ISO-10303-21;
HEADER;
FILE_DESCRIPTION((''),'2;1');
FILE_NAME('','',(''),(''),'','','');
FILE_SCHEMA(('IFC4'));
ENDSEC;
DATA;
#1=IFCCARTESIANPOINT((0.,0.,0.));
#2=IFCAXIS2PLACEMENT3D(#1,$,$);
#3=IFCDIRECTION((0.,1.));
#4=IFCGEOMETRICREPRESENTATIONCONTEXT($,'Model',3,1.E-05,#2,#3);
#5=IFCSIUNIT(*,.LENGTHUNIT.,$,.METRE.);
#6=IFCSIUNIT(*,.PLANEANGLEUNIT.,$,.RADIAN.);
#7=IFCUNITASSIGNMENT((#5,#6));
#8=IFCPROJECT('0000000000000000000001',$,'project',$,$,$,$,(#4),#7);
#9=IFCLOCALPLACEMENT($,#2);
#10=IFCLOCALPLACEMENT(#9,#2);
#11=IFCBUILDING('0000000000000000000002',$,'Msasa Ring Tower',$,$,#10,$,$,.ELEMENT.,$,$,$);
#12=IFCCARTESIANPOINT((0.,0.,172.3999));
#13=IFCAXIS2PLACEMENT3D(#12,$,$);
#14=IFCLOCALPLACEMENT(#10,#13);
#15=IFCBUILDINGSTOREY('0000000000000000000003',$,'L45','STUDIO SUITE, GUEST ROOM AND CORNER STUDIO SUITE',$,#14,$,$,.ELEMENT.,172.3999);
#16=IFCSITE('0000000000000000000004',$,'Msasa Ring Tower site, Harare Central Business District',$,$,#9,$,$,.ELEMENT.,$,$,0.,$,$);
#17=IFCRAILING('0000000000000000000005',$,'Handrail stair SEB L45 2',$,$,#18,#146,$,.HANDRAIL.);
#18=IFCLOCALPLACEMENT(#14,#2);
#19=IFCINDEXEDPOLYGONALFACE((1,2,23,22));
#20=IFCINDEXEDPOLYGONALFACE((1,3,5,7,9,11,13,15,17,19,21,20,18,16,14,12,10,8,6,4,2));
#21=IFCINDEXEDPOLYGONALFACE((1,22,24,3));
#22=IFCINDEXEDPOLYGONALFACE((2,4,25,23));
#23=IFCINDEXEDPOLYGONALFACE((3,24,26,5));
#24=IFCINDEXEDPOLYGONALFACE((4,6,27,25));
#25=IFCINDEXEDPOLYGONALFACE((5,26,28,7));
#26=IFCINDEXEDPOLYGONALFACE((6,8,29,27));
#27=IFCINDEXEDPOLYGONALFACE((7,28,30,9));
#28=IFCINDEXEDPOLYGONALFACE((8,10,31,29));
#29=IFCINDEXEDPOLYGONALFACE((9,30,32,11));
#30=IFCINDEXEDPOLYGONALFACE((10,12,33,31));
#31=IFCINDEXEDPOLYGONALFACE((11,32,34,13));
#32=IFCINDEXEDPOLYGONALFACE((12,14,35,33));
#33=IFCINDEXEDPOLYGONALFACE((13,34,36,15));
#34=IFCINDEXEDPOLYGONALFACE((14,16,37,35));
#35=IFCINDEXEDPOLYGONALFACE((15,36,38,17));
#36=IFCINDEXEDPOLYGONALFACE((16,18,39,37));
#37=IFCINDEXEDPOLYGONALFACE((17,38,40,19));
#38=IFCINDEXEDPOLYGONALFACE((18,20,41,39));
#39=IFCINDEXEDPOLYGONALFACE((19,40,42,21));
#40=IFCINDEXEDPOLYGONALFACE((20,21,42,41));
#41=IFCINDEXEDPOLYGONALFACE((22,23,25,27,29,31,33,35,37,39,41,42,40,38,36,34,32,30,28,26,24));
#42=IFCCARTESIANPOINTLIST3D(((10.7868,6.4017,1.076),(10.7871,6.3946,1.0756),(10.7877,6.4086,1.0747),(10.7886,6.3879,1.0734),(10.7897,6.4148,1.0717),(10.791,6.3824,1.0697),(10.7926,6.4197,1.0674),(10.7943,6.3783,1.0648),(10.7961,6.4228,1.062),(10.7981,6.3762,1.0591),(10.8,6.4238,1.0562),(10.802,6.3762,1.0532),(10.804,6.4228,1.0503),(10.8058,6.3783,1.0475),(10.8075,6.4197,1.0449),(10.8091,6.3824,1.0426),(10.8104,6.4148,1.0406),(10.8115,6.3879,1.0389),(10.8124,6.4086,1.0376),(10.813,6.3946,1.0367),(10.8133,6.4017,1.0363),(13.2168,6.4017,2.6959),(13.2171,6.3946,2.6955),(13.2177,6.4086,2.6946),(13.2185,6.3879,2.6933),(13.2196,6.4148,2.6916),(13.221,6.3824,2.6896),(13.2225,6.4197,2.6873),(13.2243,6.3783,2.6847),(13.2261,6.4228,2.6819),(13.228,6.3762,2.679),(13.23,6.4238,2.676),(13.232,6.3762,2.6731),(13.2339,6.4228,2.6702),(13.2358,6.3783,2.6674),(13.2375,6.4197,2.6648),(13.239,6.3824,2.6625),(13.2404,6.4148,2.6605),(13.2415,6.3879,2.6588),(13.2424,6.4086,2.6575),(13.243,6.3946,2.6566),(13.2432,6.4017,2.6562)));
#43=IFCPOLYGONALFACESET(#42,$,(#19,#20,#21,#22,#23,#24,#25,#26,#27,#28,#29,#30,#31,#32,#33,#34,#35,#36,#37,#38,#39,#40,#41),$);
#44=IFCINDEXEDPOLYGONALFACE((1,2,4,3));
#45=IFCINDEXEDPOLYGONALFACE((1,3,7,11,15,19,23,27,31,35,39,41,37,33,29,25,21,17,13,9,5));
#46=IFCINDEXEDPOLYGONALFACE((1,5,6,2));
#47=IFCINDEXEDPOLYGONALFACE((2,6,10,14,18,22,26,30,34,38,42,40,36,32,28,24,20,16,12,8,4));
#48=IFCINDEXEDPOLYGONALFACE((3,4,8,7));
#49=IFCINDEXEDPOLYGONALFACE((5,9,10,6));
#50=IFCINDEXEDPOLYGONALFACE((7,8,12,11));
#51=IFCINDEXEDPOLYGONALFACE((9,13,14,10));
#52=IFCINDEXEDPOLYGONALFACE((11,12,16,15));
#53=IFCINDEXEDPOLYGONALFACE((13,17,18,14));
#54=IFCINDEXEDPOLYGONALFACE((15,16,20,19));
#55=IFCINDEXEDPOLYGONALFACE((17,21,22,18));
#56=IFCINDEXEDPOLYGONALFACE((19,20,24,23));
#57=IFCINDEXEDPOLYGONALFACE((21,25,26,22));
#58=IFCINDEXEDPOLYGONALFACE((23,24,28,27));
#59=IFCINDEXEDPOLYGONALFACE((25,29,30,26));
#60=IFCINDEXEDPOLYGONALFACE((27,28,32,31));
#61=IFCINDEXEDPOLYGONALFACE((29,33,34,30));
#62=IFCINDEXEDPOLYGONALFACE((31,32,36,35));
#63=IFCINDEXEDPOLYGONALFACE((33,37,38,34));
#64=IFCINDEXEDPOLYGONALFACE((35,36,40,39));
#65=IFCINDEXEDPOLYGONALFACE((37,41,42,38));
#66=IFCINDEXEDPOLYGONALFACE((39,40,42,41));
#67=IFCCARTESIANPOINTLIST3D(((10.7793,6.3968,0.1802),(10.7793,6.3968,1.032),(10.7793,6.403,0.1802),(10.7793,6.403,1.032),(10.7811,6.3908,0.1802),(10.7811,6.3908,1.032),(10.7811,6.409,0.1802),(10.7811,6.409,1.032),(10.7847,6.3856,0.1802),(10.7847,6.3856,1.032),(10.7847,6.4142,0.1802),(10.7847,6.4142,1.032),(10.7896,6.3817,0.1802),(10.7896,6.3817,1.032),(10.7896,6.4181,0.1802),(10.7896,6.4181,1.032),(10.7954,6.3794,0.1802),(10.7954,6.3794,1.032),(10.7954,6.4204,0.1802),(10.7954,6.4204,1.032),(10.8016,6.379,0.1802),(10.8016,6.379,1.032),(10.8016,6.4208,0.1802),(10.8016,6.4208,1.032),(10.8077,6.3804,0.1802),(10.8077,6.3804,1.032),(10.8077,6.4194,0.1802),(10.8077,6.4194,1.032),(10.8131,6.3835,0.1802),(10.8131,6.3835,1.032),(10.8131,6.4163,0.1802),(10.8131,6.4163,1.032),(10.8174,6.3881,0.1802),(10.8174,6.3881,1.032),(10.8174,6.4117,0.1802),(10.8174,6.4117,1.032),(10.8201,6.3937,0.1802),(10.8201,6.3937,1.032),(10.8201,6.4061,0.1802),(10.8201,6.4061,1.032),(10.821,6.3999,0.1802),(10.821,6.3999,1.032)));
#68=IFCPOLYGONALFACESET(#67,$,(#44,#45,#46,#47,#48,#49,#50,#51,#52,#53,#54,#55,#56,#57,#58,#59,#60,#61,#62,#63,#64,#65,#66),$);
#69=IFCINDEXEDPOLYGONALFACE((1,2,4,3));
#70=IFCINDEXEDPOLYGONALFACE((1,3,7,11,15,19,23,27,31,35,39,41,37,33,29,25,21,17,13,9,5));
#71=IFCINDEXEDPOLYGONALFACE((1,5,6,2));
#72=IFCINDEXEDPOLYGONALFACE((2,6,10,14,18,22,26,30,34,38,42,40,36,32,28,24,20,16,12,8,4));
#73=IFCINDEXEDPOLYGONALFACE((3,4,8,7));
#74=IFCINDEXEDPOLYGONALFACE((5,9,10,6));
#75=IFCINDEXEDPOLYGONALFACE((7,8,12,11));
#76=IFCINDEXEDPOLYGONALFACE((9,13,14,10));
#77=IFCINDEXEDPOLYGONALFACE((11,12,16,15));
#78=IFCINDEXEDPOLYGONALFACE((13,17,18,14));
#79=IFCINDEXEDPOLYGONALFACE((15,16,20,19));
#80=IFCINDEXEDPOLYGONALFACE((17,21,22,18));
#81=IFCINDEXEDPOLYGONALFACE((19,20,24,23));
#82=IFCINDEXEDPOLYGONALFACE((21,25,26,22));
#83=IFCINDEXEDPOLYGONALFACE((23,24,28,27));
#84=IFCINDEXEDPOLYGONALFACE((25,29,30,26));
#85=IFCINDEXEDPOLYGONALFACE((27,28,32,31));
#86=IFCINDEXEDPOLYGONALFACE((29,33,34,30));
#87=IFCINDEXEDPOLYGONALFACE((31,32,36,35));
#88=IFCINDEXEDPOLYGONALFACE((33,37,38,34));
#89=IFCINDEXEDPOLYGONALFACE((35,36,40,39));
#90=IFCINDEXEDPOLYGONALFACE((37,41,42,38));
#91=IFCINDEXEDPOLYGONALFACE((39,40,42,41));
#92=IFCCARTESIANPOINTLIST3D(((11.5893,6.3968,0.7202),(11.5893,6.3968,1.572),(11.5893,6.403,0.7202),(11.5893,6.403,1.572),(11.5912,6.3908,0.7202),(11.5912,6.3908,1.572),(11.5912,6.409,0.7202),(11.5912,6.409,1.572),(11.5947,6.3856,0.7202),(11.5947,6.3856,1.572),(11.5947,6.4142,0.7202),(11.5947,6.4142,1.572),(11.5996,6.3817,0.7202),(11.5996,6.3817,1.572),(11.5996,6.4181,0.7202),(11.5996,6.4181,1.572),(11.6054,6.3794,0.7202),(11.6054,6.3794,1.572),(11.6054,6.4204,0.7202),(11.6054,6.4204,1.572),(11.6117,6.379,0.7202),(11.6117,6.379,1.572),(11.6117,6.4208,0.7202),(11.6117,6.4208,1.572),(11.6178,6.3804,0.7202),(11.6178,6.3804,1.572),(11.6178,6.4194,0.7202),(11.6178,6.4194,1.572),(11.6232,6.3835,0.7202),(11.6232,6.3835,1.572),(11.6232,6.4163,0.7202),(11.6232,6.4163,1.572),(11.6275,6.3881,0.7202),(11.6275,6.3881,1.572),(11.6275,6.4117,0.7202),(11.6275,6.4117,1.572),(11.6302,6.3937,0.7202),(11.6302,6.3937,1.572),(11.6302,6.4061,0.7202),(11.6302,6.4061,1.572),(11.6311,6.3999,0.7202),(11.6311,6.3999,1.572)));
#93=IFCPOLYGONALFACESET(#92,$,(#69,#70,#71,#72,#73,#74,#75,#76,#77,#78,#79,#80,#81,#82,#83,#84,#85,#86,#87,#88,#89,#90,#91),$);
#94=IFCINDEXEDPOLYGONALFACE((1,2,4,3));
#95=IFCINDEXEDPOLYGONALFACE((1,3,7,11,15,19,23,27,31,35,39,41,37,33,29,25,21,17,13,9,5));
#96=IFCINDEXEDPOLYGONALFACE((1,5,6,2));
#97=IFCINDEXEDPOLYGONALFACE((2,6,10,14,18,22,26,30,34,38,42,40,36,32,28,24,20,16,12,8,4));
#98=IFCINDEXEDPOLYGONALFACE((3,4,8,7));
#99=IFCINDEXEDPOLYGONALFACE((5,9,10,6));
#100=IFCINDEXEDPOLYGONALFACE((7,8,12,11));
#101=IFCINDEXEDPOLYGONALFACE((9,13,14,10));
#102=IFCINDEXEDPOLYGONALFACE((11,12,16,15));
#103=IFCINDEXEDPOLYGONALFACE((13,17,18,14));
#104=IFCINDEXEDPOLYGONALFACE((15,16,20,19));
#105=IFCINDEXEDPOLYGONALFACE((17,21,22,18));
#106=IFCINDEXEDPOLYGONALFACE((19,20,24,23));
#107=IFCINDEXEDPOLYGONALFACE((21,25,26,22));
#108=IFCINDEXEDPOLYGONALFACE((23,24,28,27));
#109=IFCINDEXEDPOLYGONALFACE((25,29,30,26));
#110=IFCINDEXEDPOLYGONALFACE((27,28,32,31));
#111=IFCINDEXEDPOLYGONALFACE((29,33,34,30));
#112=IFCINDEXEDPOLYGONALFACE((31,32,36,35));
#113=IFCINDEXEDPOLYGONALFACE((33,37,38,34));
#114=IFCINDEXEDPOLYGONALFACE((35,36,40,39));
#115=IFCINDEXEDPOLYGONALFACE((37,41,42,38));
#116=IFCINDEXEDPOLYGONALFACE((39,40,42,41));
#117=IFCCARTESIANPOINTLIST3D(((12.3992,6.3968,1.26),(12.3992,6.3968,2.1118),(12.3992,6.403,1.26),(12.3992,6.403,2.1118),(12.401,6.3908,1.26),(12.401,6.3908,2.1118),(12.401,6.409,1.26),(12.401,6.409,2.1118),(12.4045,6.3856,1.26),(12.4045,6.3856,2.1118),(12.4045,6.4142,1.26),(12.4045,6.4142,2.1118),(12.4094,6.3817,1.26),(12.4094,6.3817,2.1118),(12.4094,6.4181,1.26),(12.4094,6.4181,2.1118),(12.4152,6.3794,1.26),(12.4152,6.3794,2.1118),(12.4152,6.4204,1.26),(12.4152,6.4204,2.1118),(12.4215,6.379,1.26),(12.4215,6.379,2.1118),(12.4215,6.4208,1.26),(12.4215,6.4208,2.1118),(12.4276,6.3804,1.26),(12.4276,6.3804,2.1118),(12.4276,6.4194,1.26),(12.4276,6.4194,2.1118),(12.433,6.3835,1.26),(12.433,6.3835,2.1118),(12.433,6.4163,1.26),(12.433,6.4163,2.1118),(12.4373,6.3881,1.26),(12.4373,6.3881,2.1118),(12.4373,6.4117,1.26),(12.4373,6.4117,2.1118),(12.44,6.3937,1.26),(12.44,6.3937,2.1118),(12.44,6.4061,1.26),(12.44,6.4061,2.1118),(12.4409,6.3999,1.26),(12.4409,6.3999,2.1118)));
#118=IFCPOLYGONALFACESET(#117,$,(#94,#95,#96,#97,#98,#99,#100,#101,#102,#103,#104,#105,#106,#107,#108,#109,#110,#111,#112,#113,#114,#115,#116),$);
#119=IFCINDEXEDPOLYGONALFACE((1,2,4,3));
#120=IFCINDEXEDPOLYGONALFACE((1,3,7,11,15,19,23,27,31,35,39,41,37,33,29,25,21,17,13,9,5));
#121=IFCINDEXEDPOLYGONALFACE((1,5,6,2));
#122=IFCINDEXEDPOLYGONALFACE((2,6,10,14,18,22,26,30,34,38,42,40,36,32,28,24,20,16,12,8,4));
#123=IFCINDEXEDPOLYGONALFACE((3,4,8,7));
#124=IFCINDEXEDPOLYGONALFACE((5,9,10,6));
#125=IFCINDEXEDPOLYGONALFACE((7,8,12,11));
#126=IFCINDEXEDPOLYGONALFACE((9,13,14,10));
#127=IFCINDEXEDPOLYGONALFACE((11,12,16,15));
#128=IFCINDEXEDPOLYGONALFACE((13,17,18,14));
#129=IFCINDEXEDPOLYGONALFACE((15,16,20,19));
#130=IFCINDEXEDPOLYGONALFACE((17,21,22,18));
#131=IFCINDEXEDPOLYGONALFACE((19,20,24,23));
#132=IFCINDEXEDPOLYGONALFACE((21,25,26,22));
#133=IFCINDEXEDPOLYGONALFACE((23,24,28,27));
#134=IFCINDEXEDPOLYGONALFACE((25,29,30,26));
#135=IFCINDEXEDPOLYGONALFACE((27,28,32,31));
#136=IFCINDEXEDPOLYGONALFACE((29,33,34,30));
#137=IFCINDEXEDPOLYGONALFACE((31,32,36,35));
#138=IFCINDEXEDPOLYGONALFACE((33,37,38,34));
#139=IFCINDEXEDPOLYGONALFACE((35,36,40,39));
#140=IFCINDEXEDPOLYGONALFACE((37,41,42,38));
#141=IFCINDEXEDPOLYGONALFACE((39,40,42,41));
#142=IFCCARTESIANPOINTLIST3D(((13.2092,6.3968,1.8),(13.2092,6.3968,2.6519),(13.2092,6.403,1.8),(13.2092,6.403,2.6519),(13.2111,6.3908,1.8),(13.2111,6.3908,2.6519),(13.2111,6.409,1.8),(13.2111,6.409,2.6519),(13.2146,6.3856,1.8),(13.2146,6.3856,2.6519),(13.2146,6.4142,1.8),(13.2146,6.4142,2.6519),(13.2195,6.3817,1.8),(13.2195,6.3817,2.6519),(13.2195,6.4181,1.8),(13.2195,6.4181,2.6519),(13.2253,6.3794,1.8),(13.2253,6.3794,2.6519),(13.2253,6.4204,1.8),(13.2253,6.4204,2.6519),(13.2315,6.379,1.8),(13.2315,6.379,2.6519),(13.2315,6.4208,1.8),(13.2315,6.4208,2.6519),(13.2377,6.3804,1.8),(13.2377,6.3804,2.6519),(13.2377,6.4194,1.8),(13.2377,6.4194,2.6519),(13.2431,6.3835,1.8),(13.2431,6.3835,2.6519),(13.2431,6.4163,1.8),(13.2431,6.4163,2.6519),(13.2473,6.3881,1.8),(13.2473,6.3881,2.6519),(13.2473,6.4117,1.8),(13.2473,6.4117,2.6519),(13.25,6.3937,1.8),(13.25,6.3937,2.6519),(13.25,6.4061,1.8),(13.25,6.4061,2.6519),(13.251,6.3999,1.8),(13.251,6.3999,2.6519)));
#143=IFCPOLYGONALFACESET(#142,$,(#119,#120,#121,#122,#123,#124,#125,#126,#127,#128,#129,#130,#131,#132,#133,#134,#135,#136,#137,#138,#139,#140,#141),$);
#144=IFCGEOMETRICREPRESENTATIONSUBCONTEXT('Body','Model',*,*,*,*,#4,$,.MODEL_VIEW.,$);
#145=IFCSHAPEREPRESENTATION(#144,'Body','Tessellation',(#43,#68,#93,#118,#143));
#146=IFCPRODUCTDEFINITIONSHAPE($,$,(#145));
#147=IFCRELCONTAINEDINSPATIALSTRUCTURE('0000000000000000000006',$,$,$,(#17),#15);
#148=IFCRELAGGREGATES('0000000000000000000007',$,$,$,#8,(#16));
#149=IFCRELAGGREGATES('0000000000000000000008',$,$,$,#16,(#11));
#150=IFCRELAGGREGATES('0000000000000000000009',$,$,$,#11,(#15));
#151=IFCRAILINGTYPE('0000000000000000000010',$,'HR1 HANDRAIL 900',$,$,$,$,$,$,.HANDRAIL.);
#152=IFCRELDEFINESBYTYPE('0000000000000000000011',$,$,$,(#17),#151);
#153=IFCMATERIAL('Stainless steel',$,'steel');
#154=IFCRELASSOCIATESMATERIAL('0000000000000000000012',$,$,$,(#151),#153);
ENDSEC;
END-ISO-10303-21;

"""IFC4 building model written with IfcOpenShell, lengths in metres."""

from ifc_helpers import new_model, si_unit, direction, frame, origin, origin_2d, place, context, subcontext, project, spatial, circle, extrude, material, type_object, element, save


model = new_model("IFC4")

# Units and contexts
model_context = context("Model", 3, precision=1e-05, world=origin(), true_north=direction((0.0, 1.0)))
body_context = subcontext(model_context, "Body", "Model", "MODEL_VIEW")
ifc_project = project(units=[si_unit("LENGTHUNIT", "METRE"), si_unit("PLANEANGLEUNIT", "RADIAN")], contexts=[model_context])

# Site, building, storey
site_placement = place(None, origin())
site = spatial("IfcSite", under=ifc_project, at=site_placement, Name="Msasa Ring Tower site, Harare Central Business District", CompositionType="ELEMENT", RefElevation=0.0)
building_placement = place(site_placement, origin())
building = spatial("IfcBuilding", under=site, at=building_placement, Name="Msasa Ring Tower", CompositionType="ELEMENT")
storey_placement = place(building_placement, frame((0.0, 0.0, 172.3999)))
storey = spatial("IfcBuildingStorey", under=building, at=storey_placement, Name="L45", Description="STUDIO SUITE, GUEST ROOM AND CORNER STUDIO SUITE", CompositionType="ELEMENT", Elevation=172.3999)

# Railing
ifc_material_1 = material(Name="Stainless steel", Category="steel")
railing_type = type_object("IfcRailingType", Name="HR1 HANDRAIL 900", PredefinedType="HANDRAIL", material=ifc_material_1)
for number, where, name in (
    (1, (10.8, 6.3999, 0.1802), "Handrail stair SEB L45 2"),
):
    element("IfcRailing", number, at=place(storey_placement, frame(where)), inside=storey, type_object=railing_type, Name=name, PredefinedType="HANDRAIL", context=body_context, shape_type="SweptSolid", body=[
        extrude(circle(Radius=0.0239, at=origin_2d()), frame((0.0, 0.0, 0.876), z_axis=(0.832063, 0.0, 0.554681), x_axis=(0.0, 1.0, 0.0)), (0.0, 0.0, 1.0), 2.9204),
        extrude(circle(Radius=0.021, at=origin_2d()), origin(), (0.0, 0.0, 1.0), 0.8518),
        extrude(circle(Radius=0.021, at=origin_2d()), frame((0.8101, 0.0, 0.54)), (0.0, 0.0, 1.0), 0.8518),
        extrude(circle(Radius=0.021, at=origin_2d()), frame((1.6199, 0.0, 1.0798)), (0.0, 0.0, 1.0), 0.8518),
        extrude(circle(Radius=0.021, at=origin_2d()), frame((2.4299, 0.0, 1.6199)), (0.0, 0.0, 1.0), 0.8518),
    ])

save(model, "model.ifc")
